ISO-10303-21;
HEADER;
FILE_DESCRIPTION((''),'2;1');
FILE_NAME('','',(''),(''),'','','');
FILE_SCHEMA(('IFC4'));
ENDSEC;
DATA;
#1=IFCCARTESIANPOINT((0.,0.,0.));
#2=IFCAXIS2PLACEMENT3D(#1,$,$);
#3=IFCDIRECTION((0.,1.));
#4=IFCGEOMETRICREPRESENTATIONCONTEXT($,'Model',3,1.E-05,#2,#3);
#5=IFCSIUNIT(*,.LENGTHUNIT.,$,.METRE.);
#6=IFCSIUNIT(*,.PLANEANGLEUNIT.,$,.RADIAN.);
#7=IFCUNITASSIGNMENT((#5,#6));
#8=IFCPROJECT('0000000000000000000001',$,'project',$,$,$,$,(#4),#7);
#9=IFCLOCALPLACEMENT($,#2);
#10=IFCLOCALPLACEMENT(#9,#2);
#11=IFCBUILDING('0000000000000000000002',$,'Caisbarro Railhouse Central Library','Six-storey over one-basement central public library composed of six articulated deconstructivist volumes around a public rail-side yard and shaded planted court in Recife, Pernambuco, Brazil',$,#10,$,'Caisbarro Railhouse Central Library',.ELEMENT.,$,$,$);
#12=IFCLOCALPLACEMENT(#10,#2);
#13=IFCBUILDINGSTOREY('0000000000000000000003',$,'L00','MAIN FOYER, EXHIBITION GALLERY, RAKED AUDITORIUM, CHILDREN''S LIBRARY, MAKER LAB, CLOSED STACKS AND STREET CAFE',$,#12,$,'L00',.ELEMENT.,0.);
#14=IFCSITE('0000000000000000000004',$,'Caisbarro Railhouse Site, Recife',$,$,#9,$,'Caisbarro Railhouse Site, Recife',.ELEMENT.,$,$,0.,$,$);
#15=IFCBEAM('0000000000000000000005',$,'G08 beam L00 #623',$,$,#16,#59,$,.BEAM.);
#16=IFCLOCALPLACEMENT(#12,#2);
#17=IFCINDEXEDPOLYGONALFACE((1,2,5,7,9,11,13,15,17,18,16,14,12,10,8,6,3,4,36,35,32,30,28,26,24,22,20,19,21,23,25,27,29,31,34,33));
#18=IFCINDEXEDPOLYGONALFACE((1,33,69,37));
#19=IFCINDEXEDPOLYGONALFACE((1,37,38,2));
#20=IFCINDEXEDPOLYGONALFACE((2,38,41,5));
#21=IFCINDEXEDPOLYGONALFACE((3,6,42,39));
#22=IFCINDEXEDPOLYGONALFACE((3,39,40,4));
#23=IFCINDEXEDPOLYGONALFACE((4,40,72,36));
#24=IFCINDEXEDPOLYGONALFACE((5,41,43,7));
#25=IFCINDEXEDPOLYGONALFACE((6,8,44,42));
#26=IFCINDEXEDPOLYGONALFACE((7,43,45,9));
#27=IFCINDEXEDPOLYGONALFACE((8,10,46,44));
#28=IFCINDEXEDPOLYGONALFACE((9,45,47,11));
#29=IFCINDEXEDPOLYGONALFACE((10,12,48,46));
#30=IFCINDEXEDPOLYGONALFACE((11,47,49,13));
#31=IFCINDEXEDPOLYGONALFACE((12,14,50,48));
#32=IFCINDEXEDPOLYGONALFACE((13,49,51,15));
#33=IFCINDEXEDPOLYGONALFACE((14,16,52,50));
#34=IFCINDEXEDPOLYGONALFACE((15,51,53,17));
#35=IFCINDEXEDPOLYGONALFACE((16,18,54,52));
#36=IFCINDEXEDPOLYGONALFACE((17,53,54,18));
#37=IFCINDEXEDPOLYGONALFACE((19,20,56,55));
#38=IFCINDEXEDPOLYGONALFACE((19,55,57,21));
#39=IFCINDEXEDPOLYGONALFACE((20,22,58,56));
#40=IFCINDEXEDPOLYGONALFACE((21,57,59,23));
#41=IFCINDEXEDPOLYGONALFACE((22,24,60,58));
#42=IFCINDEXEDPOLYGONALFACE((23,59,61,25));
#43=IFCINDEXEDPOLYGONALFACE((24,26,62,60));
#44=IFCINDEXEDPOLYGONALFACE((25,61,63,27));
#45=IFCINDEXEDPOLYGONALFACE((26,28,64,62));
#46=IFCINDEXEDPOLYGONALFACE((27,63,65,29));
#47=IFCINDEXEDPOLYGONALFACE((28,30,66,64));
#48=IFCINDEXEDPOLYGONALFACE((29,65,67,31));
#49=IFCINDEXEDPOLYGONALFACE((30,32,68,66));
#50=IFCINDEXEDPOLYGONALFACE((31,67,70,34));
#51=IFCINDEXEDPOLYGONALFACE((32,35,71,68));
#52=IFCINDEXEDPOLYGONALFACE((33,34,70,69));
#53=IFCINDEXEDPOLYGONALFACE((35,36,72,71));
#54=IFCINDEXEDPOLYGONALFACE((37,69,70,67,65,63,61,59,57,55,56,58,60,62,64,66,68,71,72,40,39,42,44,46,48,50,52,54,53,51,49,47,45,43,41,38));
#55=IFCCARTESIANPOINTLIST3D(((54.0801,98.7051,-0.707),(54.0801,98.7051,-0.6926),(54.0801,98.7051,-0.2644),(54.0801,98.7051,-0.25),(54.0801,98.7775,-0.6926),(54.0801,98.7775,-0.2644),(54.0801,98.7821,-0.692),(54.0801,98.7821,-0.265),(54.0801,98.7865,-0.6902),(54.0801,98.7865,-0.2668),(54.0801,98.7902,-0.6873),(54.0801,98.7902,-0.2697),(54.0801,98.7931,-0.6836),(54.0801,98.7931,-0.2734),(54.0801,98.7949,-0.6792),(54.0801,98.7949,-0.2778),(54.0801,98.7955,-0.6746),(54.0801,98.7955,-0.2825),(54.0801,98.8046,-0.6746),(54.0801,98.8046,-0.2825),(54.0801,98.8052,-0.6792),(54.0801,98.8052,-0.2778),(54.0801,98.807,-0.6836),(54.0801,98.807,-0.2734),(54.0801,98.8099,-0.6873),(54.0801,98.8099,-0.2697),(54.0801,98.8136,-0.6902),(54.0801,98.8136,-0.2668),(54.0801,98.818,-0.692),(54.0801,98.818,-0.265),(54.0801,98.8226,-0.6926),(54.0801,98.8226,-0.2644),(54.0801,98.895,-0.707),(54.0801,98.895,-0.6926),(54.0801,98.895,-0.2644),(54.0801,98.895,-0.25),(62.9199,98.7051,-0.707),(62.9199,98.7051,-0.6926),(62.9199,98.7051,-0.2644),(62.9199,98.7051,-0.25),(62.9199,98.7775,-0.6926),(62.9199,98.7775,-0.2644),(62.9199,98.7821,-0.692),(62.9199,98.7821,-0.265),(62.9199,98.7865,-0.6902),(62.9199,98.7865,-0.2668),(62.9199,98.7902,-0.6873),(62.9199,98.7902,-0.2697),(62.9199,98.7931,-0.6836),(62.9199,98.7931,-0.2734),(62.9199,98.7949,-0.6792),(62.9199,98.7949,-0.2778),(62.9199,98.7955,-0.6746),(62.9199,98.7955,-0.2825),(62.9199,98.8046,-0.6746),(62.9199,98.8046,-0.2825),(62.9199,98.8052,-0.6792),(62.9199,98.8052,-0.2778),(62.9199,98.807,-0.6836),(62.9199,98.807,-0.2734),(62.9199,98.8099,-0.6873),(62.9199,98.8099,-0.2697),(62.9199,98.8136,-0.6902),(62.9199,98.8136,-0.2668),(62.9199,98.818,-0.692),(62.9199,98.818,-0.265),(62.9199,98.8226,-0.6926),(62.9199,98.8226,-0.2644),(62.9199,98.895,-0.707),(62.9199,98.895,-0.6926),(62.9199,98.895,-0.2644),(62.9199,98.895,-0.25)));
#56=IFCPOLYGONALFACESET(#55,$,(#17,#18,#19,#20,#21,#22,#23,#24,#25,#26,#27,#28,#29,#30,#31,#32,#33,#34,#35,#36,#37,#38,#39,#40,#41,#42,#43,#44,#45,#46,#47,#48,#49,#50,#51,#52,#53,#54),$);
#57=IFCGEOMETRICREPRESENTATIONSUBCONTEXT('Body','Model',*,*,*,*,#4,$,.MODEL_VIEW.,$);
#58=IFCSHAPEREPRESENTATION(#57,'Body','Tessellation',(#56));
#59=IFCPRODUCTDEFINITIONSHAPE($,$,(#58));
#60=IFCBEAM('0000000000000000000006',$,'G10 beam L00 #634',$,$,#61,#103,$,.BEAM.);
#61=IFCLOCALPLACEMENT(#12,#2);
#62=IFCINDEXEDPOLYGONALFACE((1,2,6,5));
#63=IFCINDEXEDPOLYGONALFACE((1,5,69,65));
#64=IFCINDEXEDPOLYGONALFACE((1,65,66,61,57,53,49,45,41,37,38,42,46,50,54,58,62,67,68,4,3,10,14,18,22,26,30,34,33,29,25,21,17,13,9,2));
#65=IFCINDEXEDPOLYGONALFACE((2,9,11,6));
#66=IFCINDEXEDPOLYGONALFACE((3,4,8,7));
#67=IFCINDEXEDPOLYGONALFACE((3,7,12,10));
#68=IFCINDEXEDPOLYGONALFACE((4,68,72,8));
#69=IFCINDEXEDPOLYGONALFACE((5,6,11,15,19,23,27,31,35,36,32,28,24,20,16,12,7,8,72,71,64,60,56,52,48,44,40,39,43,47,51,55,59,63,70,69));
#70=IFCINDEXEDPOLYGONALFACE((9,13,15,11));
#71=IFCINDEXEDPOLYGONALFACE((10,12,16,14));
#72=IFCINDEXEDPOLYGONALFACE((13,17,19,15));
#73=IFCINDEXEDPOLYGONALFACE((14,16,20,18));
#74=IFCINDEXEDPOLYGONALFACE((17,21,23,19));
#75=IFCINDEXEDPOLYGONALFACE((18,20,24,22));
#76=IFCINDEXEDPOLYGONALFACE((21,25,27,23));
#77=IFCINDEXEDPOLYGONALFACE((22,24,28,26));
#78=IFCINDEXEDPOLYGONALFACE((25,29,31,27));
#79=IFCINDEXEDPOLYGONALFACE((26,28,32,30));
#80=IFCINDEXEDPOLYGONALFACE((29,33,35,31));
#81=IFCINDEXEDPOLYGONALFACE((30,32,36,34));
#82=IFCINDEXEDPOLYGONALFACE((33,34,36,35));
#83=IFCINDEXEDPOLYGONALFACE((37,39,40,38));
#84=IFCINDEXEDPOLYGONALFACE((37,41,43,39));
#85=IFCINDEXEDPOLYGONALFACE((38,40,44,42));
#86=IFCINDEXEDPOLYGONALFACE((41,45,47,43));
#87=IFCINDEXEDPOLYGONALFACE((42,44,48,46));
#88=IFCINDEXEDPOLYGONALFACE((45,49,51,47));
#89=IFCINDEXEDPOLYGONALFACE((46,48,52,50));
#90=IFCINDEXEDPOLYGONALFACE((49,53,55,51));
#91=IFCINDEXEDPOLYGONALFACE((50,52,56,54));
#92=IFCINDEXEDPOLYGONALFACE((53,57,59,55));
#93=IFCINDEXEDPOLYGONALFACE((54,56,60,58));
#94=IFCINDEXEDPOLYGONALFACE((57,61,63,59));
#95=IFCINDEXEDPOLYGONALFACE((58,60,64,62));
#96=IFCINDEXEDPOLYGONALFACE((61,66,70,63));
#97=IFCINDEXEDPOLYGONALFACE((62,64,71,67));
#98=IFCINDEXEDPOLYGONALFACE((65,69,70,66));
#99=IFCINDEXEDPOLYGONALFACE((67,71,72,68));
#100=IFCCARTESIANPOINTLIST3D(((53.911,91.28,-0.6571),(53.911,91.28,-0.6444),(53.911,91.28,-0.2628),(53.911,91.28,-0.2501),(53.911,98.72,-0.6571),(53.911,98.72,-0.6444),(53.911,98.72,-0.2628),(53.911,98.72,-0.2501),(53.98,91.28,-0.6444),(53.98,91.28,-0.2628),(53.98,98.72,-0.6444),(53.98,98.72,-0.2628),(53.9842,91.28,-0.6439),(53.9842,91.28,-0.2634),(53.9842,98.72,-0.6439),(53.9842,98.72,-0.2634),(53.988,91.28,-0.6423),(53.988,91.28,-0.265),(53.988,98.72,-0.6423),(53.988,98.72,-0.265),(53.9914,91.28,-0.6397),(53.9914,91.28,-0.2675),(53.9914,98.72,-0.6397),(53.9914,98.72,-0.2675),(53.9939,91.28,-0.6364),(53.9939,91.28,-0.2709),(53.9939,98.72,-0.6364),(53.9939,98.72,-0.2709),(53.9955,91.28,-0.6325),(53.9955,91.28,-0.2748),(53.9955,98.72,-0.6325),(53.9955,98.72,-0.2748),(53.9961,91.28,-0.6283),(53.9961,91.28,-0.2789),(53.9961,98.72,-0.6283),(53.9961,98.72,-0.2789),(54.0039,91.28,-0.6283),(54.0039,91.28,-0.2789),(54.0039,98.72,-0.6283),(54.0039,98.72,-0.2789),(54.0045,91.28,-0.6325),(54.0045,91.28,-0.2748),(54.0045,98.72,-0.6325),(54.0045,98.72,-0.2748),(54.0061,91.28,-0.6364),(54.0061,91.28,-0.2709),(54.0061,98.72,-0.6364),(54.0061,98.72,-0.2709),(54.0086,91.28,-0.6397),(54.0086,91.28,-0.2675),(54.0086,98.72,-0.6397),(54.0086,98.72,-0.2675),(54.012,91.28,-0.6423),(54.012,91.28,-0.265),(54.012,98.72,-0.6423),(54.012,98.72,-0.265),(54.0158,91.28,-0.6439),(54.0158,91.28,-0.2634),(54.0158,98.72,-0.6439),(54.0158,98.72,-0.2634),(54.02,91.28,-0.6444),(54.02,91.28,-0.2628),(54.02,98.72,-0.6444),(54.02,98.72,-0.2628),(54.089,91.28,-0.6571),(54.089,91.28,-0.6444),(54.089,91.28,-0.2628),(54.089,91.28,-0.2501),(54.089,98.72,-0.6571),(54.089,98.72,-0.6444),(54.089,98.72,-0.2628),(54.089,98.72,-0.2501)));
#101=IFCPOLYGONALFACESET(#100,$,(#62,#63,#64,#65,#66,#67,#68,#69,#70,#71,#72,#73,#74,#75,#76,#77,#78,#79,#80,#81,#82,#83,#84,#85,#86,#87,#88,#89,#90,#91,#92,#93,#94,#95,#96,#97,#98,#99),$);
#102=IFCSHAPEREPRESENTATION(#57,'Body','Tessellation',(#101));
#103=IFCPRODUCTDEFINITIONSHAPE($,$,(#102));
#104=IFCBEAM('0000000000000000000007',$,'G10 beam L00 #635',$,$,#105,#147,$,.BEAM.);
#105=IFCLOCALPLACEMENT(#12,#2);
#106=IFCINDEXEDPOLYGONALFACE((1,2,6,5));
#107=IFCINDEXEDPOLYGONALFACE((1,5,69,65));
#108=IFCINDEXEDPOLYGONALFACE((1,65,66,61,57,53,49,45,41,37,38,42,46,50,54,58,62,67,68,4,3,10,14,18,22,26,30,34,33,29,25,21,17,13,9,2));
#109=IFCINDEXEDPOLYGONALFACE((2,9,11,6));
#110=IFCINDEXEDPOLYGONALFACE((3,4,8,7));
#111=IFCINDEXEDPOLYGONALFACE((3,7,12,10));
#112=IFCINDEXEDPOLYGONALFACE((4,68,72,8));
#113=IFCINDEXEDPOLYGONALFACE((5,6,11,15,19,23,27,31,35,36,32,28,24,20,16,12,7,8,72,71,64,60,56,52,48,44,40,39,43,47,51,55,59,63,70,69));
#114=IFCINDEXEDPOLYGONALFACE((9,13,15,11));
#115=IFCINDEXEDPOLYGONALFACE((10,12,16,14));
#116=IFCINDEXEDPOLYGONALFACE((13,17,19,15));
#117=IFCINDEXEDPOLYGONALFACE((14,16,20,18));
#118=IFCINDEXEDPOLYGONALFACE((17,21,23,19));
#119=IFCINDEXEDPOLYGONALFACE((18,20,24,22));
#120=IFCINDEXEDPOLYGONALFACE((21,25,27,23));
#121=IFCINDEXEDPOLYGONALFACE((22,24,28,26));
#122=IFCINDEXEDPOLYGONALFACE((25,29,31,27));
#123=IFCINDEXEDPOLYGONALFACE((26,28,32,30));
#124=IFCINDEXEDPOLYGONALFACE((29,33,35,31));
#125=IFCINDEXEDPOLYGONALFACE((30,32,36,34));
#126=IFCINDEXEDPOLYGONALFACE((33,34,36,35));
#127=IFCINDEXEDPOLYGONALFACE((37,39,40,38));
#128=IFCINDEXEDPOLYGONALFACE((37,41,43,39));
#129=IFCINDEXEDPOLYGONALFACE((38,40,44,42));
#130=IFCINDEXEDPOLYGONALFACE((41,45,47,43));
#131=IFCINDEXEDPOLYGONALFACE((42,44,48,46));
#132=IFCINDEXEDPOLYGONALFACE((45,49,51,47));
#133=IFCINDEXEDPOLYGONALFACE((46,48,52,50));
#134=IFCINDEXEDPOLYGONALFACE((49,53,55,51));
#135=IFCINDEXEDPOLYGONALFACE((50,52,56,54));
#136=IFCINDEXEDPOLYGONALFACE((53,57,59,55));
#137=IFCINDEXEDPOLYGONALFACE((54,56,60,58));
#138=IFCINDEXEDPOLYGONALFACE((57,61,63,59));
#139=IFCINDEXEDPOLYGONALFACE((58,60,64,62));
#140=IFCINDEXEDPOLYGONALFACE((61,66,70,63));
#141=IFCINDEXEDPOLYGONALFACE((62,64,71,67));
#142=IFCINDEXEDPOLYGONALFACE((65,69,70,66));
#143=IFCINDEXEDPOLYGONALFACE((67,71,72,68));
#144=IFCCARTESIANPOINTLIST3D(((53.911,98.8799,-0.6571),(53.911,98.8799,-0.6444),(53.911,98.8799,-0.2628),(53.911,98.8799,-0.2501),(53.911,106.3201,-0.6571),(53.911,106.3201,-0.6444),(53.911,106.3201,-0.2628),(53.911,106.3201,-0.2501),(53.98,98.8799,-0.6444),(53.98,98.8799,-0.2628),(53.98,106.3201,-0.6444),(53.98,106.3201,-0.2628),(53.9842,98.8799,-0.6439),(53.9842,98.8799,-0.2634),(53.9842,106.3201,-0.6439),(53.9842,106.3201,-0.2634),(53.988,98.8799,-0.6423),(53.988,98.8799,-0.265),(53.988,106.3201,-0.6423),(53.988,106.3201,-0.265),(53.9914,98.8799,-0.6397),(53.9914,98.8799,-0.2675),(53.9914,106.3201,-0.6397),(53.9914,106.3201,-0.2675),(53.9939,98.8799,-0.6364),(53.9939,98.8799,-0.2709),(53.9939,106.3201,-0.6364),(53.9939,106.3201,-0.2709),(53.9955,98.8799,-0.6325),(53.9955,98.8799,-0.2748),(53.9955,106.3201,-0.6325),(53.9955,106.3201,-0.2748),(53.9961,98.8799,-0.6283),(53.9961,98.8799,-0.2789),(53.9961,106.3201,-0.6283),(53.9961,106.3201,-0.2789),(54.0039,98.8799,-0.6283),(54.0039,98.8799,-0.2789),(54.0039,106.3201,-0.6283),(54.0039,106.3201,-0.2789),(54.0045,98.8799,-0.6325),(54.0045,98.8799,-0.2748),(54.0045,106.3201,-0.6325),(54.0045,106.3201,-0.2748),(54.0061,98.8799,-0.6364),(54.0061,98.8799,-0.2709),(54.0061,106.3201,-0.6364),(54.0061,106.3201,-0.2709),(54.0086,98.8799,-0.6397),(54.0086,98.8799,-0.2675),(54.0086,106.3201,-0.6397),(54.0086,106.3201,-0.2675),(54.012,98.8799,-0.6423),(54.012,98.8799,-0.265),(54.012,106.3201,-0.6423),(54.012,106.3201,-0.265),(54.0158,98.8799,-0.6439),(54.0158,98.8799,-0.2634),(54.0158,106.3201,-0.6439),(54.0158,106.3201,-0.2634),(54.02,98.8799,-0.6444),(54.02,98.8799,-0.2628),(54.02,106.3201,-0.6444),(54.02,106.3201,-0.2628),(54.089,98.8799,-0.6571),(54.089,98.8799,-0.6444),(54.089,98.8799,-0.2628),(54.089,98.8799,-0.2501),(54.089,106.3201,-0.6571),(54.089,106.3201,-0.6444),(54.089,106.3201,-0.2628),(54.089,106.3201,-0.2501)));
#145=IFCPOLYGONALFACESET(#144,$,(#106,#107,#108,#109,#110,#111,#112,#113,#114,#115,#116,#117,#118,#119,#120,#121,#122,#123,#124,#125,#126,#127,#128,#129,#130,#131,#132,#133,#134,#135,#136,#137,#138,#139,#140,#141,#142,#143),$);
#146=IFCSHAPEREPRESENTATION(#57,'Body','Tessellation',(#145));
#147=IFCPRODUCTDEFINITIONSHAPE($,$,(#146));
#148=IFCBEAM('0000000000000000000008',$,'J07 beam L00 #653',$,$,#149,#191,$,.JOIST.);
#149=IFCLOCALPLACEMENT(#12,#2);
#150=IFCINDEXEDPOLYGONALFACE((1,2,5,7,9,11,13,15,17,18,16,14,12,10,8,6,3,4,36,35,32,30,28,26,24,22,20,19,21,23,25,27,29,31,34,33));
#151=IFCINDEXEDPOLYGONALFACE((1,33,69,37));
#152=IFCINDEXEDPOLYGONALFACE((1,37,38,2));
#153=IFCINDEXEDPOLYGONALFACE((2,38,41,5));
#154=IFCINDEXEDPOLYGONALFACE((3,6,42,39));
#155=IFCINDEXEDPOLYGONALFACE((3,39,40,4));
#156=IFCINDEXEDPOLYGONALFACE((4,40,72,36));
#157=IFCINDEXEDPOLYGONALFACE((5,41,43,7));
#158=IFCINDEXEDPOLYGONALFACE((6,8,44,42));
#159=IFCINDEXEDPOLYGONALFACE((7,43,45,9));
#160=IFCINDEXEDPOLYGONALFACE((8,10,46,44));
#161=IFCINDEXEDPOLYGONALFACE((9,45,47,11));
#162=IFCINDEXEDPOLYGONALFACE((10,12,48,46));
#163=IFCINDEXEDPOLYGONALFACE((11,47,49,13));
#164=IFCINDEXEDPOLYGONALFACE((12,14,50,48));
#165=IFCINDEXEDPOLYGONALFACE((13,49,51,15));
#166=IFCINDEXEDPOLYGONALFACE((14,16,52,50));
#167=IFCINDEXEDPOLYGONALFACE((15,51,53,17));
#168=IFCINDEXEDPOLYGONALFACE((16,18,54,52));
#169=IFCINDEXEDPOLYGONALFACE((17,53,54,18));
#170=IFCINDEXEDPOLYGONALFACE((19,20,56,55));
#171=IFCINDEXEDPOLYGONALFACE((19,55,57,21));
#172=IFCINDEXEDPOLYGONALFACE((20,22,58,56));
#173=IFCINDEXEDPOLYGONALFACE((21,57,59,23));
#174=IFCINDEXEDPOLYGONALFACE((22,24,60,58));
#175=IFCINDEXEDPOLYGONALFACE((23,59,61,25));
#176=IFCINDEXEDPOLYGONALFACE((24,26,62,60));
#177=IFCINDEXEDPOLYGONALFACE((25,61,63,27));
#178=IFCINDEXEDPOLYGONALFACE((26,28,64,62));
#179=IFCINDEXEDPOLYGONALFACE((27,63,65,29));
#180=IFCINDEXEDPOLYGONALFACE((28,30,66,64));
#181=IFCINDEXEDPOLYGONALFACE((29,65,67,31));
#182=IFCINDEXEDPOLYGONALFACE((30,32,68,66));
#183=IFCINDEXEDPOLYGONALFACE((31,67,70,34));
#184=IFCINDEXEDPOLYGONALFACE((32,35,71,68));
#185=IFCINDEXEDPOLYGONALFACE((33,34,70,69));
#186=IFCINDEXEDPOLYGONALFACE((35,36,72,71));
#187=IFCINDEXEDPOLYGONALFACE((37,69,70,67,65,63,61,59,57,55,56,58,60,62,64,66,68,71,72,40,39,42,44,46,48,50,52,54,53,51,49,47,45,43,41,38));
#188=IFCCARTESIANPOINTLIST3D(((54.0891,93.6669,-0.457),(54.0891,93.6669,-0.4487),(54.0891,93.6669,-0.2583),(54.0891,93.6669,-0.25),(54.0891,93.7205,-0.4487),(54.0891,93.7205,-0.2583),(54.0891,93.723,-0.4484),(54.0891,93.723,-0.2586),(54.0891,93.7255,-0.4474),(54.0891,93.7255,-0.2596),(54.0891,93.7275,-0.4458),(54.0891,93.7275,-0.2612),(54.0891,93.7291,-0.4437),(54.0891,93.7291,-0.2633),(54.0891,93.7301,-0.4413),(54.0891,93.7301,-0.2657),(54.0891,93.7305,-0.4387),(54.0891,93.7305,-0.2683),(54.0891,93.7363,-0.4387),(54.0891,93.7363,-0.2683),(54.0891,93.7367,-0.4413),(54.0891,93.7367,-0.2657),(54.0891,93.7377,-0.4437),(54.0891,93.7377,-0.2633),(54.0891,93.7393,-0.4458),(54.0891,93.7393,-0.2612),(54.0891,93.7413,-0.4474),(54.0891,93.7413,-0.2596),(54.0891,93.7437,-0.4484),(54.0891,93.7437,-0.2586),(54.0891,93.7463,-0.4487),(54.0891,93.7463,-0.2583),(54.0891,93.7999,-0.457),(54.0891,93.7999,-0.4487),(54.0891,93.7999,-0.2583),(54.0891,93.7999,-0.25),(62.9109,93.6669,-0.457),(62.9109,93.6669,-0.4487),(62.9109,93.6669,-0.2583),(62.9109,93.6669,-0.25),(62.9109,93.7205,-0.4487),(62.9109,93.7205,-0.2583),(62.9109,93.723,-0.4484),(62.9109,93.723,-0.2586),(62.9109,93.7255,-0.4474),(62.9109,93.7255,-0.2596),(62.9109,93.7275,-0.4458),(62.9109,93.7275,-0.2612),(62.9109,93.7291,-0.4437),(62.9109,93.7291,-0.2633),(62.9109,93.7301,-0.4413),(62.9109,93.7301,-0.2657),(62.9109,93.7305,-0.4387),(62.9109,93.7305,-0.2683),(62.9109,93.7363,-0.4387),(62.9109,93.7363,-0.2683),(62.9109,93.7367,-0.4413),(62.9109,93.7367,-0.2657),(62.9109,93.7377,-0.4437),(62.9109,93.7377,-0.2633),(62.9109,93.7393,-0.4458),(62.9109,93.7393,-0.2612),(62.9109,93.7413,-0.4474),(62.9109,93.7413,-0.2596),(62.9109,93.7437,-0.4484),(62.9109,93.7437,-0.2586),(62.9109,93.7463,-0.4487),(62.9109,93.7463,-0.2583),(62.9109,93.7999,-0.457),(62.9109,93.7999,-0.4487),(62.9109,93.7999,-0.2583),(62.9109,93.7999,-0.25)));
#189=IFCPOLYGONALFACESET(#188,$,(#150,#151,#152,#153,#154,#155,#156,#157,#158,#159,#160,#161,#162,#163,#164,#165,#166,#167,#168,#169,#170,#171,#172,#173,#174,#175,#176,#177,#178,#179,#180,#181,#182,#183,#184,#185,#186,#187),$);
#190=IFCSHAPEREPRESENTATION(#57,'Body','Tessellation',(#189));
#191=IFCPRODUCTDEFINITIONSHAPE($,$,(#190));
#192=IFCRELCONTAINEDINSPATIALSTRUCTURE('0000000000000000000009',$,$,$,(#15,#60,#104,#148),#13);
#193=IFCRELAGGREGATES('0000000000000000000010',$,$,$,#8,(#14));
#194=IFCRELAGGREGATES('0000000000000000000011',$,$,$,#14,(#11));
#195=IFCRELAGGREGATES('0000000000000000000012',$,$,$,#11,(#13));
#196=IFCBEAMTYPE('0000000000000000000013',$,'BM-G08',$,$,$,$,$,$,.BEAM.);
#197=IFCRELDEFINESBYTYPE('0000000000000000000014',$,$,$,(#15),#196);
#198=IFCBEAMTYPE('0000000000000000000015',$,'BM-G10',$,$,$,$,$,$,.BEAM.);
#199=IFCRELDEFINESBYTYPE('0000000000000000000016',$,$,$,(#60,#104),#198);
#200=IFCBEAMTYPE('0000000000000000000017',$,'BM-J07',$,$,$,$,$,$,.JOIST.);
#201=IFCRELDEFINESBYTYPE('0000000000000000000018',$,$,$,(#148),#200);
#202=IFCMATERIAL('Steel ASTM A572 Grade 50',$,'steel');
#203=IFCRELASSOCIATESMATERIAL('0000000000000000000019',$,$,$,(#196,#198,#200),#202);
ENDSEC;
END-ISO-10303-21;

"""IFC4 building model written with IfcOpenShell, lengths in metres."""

from ifc_helpers import new_model, si_unit, direction, frame, origin, origin_2d, place, context, subcontext, project, spatial, i_section, extrude, material, material_profile, profile_set, type_object, element, save


model = new_model("IFC4")

# Units and contexts
model_context = context("Model", 3, precision=1e-05, world=origin(), true_north=direction((0.0, 1.0)))
body_context = subcontext(model_context, "Body", "Model", "MODEL_VIEW")
ifc_project = project(units=[si_unit("LENGTHUNIT", "METRE"), si_unit("PLANEANGLEUNIT", "RADIAN")], contexts=[model_context])

# Site, building, storey
site_placement = place(None, origin())
site = spatial("IfcSite", under=ifc_project, at=site_placement, Name="Caisbarro Railhouse Site, Recife", LongName="Caisbarro Railhouse Site, Recife", CompositionType="ELEMENT", RefElevation=0.0)
building_placement = place(site_placement, origin())
building = spatial("IfcBuilding", under=site, at=building_placement, Name="Caisbarro Railhouse Central Library", Description="Six-storey over one-basement central public library composed of six articulated deconstructivist volumes around a public rail-side yard and shaded planted court in Recife, Pernambuco, Brazil", LongName="Caisbarro Railhouse Central Library", CompositionType="ELEMENT")
storey_placement = place(building_placement, origin())
storey = spatial("IfcBuildingStorey", under=building, at=storey_placement, Name="L00", Description="MAIN FOYER, EXHIBITION GALLERY, RAKED AUDITORIUM, CHILDREN'S LIBRARY, MAKER LAB, CLOSED STACKS AND STREET CAFE", LongName="L00", CompositionType="ELEMENT", Elevation=0.0)

# Shared definitions
ifc_material_1 = material(Name="Steel ASTM A572 Grade 50", Category="steel")

# Beams
ifc_material_profile_1 = material_profile(ifc_material_1, i_section(OverallWidth=0.1899, OverallDepth=0.457, WebThickness=0.009, FlangeThickness=0.0144, FilletRadius=0.0181, at=origin_2d()), Name="W460X74.0")
ifc_profile_set_1 = profile_set([ifc_material_profile_1], Name="Steel ASTM A572 Grade 50")
beam_type_1 = type_object("IfcBeamType", Name="BM-G08", PredefinedType="BEAM", material=ifc_profile_set_1)
for number, where, z_axis, x_axis, name in (
    (1, (54.0801, 98.8, -0.4785), (1.0, 0.0, 0.0), (0.0, 1.0, 0.0), "G08 beam L00 #623"),
):
    element("IfcBeam", number, at=place(storey_placement, frame(where, z_axis=z_axis, x_axis=x_axis)), inside=storey, type_object=beam_type_1, Name=name, PredefinedType="BEAM", context=body_context, shape_type="SweptSolid", body=[
        extrude(i_section(OverallWidth=0.1899, OverallDepth=0.457, WebThickness=0.009, FlangeThickness=0.0144, FilletRadius=0.0181, at=origin_2d()), origin(), (0.0, 0.0, 1.0), 8.8398),
    ])
ifc_material_profile_2 = material_profile(ifc_material_1, i_section(OverallWidth=0.178, OverallDepth=0.407, WebThickness=0.0078, FlangeThickness=0.0127, FilletRadius=0.0161, at=origin_2d()), Name="W410X60.0")
ifc_profile_set_2 = profile_set([ifc_material_profile_2], Name="Steel ASTM A572 Grade 50")
beam_type_2 = type_object("IfcBeamType", Name="BM-G10", PredefinedType="BEAM", material=ifc_profile_set_2)
beam_1_placement = place(storey_placement, frame((54.0, 91.28, -0.4536), z_axis=(0.0, 1.0, 0.0), x_axis=(-1.0, 0.0, 0.0)))
element("IfcBeam", 2, at=beam_1_placement, inside=storey, type_object=beam_type_2, Name="G10 beam L00 #634", PredefinedType="BEAM", context=body_context, shape_type="SweptSolid", body=[
    extrude(i_section(OverallWidth=0.178, OverallDepth=0.407, WebThickness=0.0078, FlangeThickness=0.0127, FilletRadius=0.0161, at=origin_2d()), origin(), (0.0, 0.0, 1.0), 7.4399),
])
beam_2_placement = place(storey_placement, frame((54.0, 98.8799, -0.4536), z_axis=(0.0, 1.0, 0.0), x_axis=(-1.0, 0.0, 0.0)))
element("IfcBeam", 3, at=beam_2_placement, inside=storey, type_object=beam_type_2, Name="G10 beam L00 #635", PredefinedType="BEAM", context=body_context, shape_type="SweptSolid", body=[
    extrude(i_section(OverallWidth=0.178, OverallDepth=0.407, WebThickness=0.0078, FlangeThickness=0.0127, FilletRadius=0.0161, at=origin_2d()), origin(), (0.0, 0.0, 1.0), 7.4402),
])
ifc_material_profile_3 = material_profile(ifc_material_1, i_section(OverallWidth=0.1331, OverallDepth=0.207, WebThickness=0.0059, FlangeThickness=0.0083, FilletRadius=0.01, at=origin_2d()), Name="W200X26.6")
ifc_profile_set_3 = profile_set([ifc_material_profile_3], Name="Steel ASTM A572 Grade 50")
beam_type_3 = type_object("IfcBeamType", Name="BM-J07", PredefinedType="JOIST", material=ifc_profile_set_3)
for number, where, z_axis, x_axis, name in (
    (4, (54.0891, 93.7334, -0.3535), (1.0, 0.0, 0.0), (0.0, 1.0, 0.0), "J07 beam L00 #653"),
):
    element("IfcBeam", number, at=place(storey_placement, frame(where, z_axis=z_axis, x_axis=x_axis)), inside=storey, type_object=beam_type_3, Name=name, PredefinedType="JOIST", context=body_context, shape_type="SweptSolid", body=[
        extrude(i_section(OverallWidth=0.1331, OverallDepth=0.207, WebThickness=0.0059, FlangeThickness=0.0083, FilletRadius=0.01, at=origin_2d()), origin(), (0.0, 0.0, 1.0), 8.8218),
    ])

save(model, "model.ifc")
